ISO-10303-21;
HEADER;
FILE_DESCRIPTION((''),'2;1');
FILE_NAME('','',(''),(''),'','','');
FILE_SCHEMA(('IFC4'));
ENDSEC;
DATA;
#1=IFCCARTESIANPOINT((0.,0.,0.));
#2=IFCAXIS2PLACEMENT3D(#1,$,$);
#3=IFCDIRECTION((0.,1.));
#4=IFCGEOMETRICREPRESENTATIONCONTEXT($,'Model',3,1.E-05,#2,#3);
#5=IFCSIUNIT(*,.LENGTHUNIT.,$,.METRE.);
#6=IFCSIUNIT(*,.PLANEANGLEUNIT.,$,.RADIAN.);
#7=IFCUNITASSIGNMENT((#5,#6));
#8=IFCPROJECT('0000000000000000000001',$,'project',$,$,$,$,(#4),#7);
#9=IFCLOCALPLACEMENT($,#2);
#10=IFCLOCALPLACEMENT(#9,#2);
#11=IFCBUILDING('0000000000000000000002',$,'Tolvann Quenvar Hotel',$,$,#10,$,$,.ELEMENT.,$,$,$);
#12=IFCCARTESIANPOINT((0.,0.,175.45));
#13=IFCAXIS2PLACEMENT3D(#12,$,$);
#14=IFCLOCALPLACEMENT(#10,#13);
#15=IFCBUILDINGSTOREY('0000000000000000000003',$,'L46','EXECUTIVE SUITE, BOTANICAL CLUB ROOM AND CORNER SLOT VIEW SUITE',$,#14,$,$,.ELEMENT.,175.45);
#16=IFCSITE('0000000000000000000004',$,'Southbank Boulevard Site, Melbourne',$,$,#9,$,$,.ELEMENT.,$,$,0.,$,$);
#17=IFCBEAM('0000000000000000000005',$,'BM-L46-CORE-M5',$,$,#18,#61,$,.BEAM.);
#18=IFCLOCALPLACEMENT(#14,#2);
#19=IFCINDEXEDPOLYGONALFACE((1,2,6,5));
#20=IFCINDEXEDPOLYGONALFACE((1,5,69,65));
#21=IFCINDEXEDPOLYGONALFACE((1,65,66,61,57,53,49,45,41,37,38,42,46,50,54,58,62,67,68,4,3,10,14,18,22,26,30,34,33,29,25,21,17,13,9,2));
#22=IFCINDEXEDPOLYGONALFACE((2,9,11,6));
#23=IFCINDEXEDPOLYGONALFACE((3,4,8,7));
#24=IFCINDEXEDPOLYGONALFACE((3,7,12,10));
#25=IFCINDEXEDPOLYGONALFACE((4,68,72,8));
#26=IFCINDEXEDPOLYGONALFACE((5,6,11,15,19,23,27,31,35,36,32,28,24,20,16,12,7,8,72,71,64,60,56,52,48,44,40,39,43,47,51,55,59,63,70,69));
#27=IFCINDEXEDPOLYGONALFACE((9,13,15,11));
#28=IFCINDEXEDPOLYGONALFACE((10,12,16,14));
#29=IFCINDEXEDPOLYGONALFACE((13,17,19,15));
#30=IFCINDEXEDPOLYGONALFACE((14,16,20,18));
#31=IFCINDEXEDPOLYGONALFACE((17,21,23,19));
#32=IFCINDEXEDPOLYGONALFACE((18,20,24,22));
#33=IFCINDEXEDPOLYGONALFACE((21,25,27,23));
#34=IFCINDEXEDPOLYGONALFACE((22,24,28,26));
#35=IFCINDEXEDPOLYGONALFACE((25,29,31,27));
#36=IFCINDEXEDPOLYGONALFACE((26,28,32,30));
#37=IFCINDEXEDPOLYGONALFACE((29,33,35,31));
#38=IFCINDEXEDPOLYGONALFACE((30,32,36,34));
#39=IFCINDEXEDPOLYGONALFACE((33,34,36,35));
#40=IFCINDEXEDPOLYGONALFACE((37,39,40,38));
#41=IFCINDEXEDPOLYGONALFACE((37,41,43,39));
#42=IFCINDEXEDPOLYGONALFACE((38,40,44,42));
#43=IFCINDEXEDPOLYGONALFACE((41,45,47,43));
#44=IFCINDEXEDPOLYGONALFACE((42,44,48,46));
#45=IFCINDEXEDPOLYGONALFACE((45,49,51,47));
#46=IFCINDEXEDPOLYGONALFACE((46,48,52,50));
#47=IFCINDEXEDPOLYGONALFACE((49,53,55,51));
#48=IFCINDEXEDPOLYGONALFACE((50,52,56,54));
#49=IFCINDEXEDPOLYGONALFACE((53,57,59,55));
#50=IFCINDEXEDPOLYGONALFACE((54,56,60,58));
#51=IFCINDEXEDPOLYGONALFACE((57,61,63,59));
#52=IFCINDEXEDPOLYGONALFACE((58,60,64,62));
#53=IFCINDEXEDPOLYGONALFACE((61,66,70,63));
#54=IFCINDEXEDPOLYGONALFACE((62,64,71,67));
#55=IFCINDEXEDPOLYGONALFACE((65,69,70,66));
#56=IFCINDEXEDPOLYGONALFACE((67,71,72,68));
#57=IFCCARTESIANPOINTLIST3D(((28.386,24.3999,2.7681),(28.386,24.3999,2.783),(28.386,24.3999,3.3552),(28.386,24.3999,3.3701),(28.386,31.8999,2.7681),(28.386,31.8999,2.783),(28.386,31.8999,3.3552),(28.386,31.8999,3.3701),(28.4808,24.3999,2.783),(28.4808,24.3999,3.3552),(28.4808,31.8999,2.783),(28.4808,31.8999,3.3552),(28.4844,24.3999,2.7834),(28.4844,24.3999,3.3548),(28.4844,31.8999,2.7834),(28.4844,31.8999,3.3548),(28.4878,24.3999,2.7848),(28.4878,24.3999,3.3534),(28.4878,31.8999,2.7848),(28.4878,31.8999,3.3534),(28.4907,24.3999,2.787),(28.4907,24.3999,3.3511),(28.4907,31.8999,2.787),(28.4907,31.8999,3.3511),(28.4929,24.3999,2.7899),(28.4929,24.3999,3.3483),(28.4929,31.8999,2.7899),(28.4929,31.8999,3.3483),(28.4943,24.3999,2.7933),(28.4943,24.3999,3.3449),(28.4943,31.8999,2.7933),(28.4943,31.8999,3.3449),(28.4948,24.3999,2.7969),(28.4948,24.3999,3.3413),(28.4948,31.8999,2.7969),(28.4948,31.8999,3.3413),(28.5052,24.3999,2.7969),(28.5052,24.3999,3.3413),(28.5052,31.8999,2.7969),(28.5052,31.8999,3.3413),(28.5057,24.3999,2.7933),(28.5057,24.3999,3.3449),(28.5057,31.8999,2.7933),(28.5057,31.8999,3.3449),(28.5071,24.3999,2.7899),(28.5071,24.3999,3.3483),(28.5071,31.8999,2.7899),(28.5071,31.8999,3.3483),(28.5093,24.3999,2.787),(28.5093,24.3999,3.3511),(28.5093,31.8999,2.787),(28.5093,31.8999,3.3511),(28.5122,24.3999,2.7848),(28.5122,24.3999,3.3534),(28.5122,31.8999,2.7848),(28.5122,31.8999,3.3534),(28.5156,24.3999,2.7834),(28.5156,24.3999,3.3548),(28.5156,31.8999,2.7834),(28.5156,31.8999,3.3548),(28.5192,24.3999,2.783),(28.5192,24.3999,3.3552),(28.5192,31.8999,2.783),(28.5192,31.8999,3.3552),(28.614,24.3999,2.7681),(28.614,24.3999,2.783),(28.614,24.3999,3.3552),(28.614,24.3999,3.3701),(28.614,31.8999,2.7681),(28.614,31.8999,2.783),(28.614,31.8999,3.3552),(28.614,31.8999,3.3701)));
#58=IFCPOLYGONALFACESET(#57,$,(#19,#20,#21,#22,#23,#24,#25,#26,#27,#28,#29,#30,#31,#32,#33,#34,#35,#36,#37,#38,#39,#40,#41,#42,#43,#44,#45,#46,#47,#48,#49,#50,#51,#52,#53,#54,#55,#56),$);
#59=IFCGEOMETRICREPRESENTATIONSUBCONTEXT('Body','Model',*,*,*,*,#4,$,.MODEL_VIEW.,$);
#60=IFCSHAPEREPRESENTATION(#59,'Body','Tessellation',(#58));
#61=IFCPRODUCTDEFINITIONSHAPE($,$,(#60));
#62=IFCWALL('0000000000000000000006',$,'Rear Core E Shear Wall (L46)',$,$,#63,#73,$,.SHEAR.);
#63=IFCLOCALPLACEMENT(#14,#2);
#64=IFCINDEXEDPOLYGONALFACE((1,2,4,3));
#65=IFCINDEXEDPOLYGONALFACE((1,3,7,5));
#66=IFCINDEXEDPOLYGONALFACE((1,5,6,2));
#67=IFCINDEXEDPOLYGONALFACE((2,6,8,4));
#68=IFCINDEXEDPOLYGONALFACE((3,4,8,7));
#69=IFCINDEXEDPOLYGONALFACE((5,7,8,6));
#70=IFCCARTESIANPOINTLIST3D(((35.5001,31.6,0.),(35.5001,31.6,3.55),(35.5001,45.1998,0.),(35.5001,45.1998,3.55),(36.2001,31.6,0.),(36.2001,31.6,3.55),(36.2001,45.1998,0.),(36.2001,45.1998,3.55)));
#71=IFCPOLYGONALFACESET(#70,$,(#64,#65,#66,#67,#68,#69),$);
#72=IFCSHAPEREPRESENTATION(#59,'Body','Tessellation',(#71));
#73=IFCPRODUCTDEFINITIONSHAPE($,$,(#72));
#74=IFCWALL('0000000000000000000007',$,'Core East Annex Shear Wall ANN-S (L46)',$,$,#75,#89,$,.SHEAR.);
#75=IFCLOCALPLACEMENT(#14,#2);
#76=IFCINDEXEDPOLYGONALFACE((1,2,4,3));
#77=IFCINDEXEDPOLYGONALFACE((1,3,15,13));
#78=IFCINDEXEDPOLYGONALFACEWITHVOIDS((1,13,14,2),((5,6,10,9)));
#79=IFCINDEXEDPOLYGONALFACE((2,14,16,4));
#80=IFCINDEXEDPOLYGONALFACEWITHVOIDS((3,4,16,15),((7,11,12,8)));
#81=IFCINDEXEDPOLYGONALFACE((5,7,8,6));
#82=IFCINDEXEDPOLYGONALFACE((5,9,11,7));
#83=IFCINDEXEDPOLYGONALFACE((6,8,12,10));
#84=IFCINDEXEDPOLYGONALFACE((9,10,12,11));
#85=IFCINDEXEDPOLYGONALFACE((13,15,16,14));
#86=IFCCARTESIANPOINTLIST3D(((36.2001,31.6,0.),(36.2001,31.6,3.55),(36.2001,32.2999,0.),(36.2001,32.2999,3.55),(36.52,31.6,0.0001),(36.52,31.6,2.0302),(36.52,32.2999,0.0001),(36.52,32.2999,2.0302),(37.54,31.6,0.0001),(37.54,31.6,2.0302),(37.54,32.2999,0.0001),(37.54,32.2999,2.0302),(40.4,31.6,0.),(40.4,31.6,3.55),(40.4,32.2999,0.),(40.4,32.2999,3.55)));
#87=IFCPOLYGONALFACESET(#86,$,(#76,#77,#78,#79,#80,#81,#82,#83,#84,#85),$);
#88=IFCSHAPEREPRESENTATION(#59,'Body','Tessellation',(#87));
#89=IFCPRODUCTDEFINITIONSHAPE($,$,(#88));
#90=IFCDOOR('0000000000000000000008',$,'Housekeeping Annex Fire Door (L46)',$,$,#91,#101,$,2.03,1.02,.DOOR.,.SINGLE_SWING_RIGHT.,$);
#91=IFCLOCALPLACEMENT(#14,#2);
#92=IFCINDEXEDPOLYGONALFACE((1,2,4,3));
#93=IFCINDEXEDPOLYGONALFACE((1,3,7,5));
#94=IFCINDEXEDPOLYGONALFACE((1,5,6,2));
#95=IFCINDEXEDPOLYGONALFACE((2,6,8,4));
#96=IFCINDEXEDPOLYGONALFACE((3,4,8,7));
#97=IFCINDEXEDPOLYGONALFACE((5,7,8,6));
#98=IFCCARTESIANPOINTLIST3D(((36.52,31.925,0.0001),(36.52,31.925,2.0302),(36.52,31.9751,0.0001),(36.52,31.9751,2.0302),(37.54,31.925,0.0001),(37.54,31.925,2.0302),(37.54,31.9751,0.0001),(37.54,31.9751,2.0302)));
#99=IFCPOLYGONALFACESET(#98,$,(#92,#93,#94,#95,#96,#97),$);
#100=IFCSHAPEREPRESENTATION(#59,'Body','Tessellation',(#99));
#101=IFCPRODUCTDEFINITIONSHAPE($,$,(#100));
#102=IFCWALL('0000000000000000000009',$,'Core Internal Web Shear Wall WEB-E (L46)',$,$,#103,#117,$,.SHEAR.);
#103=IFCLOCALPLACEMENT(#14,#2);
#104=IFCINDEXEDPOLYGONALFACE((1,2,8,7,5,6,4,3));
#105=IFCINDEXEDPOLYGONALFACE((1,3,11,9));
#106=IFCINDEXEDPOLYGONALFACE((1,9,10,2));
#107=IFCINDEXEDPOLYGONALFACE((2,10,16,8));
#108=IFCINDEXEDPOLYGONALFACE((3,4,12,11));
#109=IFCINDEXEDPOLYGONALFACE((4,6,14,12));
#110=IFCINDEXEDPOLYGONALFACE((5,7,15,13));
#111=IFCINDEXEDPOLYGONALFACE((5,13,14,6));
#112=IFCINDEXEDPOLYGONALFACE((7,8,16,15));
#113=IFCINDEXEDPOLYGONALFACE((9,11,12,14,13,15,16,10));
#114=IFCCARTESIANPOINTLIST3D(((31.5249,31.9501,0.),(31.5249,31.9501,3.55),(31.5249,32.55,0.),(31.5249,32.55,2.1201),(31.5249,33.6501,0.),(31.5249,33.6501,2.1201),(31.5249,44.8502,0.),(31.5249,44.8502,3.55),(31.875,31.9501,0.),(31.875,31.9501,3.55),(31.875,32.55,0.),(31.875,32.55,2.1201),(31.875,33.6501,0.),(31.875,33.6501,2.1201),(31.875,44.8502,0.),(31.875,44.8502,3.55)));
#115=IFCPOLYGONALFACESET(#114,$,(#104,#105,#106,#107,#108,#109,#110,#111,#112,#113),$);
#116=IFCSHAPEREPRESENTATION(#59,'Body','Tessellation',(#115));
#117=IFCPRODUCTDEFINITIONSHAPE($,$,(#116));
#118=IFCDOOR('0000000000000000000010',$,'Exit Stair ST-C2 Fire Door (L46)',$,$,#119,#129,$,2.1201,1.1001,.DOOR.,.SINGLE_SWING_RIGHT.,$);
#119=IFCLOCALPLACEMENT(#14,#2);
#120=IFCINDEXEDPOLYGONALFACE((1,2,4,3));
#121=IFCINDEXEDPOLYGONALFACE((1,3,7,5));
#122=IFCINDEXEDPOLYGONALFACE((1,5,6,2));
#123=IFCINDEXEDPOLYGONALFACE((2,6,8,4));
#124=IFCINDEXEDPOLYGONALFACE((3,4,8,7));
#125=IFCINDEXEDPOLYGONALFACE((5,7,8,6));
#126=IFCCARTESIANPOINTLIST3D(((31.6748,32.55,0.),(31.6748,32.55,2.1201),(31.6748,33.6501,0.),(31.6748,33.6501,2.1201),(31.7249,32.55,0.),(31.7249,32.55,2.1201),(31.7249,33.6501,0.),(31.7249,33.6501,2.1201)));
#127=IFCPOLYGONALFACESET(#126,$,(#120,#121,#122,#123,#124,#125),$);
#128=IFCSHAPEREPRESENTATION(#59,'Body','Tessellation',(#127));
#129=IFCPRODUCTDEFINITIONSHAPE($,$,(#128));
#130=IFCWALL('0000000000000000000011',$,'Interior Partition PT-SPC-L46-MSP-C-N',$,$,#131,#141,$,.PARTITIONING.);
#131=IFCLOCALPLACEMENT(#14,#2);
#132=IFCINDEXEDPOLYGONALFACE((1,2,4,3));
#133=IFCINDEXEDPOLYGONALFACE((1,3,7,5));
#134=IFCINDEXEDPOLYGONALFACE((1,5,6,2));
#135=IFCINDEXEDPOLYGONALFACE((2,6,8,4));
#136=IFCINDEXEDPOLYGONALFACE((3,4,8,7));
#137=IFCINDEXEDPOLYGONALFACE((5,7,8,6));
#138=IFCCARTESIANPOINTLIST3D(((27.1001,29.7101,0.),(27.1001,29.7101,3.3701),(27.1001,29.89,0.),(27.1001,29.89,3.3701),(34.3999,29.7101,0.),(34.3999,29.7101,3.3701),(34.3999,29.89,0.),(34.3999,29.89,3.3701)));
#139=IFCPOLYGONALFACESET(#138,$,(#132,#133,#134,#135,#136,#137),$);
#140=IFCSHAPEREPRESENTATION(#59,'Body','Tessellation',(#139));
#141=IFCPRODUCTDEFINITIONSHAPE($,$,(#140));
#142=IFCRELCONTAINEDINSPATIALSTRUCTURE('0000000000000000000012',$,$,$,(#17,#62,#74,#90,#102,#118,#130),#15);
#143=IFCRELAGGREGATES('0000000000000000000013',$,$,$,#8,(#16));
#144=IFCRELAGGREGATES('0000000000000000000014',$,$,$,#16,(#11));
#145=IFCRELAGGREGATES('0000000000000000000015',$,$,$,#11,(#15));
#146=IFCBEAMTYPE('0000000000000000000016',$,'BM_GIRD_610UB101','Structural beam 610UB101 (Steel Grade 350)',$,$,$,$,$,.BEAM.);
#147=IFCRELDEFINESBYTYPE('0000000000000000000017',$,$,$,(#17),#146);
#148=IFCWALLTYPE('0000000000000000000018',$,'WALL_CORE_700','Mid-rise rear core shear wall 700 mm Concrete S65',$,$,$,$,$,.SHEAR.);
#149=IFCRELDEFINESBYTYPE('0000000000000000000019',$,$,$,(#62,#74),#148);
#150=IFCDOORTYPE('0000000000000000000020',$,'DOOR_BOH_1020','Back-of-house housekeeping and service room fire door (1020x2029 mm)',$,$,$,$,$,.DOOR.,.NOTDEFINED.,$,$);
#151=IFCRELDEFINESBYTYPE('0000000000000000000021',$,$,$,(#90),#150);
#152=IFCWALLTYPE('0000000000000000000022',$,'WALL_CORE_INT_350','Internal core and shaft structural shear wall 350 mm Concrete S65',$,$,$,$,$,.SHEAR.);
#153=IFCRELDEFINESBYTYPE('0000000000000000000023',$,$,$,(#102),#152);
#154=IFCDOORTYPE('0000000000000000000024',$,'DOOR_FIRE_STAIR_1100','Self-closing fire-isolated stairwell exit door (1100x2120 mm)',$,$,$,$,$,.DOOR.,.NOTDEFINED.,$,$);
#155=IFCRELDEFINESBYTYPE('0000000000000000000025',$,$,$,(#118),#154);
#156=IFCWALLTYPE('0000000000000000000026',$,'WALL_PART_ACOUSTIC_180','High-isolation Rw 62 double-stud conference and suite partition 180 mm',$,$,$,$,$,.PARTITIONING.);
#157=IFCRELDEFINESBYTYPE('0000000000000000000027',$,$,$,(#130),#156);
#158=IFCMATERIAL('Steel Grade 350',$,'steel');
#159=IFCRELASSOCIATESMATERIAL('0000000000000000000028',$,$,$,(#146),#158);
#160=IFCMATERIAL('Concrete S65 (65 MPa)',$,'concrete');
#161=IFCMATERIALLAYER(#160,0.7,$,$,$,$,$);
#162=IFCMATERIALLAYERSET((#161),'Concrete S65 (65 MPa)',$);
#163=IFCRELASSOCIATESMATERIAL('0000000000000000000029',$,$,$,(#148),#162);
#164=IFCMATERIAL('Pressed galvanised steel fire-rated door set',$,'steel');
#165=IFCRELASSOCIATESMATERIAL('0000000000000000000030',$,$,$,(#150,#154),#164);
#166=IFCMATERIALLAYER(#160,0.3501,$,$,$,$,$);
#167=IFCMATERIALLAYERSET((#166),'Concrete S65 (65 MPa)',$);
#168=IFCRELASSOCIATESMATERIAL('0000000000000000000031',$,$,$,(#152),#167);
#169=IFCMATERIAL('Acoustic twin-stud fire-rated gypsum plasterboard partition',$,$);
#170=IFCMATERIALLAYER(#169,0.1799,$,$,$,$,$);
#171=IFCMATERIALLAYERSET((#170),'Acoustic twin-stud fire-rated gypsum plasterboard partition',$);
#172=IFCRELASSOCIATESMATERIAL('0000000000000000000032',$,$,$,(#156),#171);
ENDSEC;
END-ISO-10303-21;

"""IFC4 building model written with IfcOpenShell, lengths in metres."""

from ifc_helpers import new_model, si_unit, direction, frame, frame_2d, origin, origin_2d, place, context, subcontext, project, spatial, rectangle, i_section, extrude, source, transform, mapped, material, layer, layer_set, material_profile, profile_set, type_object, type_shapes, element, fill, save


model = new_model("IFC4")

# Units and contexts
model_context = context("Model", 3, precision=1e-05, world=origin(), true_north=direction((0.0, 1.0)))
body_context = subcontext(model_context, "Body", "Model", "MODEL_VIEW")
ifc_project = project(units=[si_unit("LENGTHUNIT", "METRE"), si_unit("PLANEANGLEUNIT", "RADIAN")], contexts=[model_context])

# Site, building, storey
site_placement = place(None, origin())
site = spatial("IfcSite", under=ifc_project, at=site_placement, Name="Southbank Boulevard Site, Melbourne", CompositionType="ELEMENT", RefElevation=0.0)
building_placement = place(site_placement, origin())
building = spatial("IfcBuilding", under=site, at=building_placement, Name="Tolvann Quenvar Hotel", CompositionType="ELEMENT")
storey_placement = place(building_placement, frame((0.0, 0.0, 175.45)))
storey = spatial("IfcBuildingStorey", under=building, at=storey_placement, Name="L46", Description="EXECUTIVE SUITE, BOTANICAL CLUB ROOM AND CORNER SLOT VIEW SUITE", CompositionType="ELEMENT", Elevation=175.45)

# Beam
ifc_material_1 = material(Name="Steel Grade 350", Category="steel")
ifc_material_profile_1 = material_profile(ifc_material_1, i_section(OverallWidth=0.228, OverallDepth=0.6021, WebThickness=0.0105, FlangeThickness=0.0149, FilletRadius=0.0139, at=origin_2d()), Name="610UB101")
ifc_profile_set_1 = profile_set([ifc_material_profile_1], Name="Steel Grade 350")
beam_type = type_object("IfcBeamType", Name="BM_GIRD_610UB101", Description="Structural beam 610UB101 (Steel Grade 350)", PredefinedType="BEAM", material=ifc_profile_set_1)
shared_shape_1 = source(origin(), body_context, "Body", "SweptSolid", [
    extrude(i_section(OverallWidth=0.228, OverallDepth=0.6021, WebThickness=0.0105, FlangeThickness=0.0149, FilletRadius=0.0139, at=origin_2d()), origin(), (0.0, 0.0, 1.0), 7.5),
])
for number, where, z_axis, x_axis, name in (
    (1, (28.5, 24.3999, 3.0691), (0.0, 1.0, 0.0), (-1.0, 0.0, 0.0), "BM-L46-CORE-M5"),
):
    element("IfcBeam", number, at=place(storey_placement, frame(where, z_axis=z_axis, x_axis=x_axis)), inside=storey, type_object=beam_type, Name=name, PredefinedType="BEAM", context=body_context, shape_type="MappedRepresentation", body=[
        mapped(shared_shape_1, transform((0.0, 0.0, 0.0), x_axis=(1.0, 0.0, 0.0), y_axis=(0.0, 1.0, 0.0), z_axis=(0.0, 0.0, 1.0), scale=1.0)),
    ])

# Wall
ifc_material_2 = material(Name="Concrete S65 (65 MPa)", Category="concrete")
ifc_layer_1 = layer(ifc_material_2, 0.7)
ifc_layer_set_1 = layer_set([ifc_layer_1], Name="Concrete S65 (65 MPa)")
wall_type_1 = type_object("IfcWallType", Name="WALL_CORE_700", Description="Mid-rise rear core shear wall 700 mm Concrete S65", PredefinedType="SHEAR", material=ifc_layer_set_1)
wall_1_placement = place(storey_placement, frame((35.8501, 31.6001, 0.0), z_axis=(0.0, 0.0, 1.0), x_axis=(0.0, 1.0, 0.0)))
element("IfcWall", 2, at=wall_1_placement, inside=storey, type_object=wall_type_1, Name="Rear Core E Shear Wall (L46)", PredefinedType="SHEAR", context=body_context, shape_type="SweptSolid", body=[
    extrude(rectangle(XDim=13.5999, YDim=0.7, at=frame_2d((6.7998, 0.0))), origin(), (0.0, 0.0, 1.0), 3.55),
])

# Walls, openings, doors
wall_2_placement = place(storey_placement, frame((36.2, 31.95, 0.0), z_axis=(0.0, 0.0, 1.0), x_axis=(1.0, 0.0, 0.0)))
wall_2 = element("IfcWall", 3, at=wall_2_placement, inside=storey, type_object=wall_type_1, Name="Core East Annex Shear Wall ANN-S (L46)", PredefinedType="SHEAR", context=body_context, shape_type="SweptSolid", body=[
    extrude(rectangle(XDim=4.2, YDim=0.7, at=frame_2d((2.1001, 0.0))), origin(), (0.0, 0.0, 1.0), 3.55),
])
opening_1_placement = place(wall_2_placement, frame((1.3401, 0.0, 0.0), z_axis=(0.0, 0.0, 1.0), x_axis=(-1.0, 0.0, 0.0)))
opening_1 = element("IfcOpeningElement", 4, at=opening_1_placement, cuts=wall_2, PredefinedType="OPENING", context=body_context, shape_type="SweptSolid", body=[
    extrude(rectangle(XDim=1.02, YDim=2.03, at=frame_2d((0.51, 1.0151))), frame((0.0, 0.3599, 0.0), z_axis=(0.0, -1.0, 0.0), x_axis=(1.0, 0.0, 0.0)), (0.0, 0.0, 1.0), 0.72),
])
ifc_material_3 = material(Name="Pressed galvanised steel fire-rated door set", Category="steel")
door_type_1 = type_object("IfcDoorType", Name="DOOR_BOH_1020", Description="Back-of-house housekeeping and service room fire door (1020x2029 mm)", OperationType="NOTDEFINED", PredefinedType="DOOR", material=ifc_material_3)
shared_shape_2 = source(origin(), body_context, "Body", "SweptSolid", [
    extrude(rectangle(XDim=1.02, YDim=2.03, at=frame_2d((0.51, 1.0151))), frame((0.0, 0.0249, 0.0), z_axis=(0.0, -1.0, 0.0), x_axis=(1.0, 0.0, 0.0)), (0.0, 0.0, 1.0), 0.05),
])
type_shapes(door_type_1, [shared_shape_2])
door_1_placement = place(opening_1_placement, origin())
door_1 = element("IfcDoor", 5, at=door_1_placement, inside=storey, type_object=door_type_1, Name="Housekeeping Annex Fire Door (L46)", OperationType="SINGLE_SWING_RIGHT", OverallHeight=2.03, OverallWidth=1.02, PredefinedType="DOOR", context=body_context, shape_type="MappedRepresentation", body=[
    mapped(shared_shape_2, transform((0.0, 0.0, 0.0), x_axis=(1.0, 0.0, 0.0), y_axis=(0.0, 1.0, 0.0), z_axis=(0.0, 0.0, 1.0), scale=1.0)),
])
fill(opening_1, door_1)
ifc_layer_2 = layer(ifc_material_2, 0.3501)
ifc_layer_set_2 = layer_set([ifc_layer_2], Name="Concrete S65 (65 MPa)")
wall_type_2 = type_object("IfcWallType", Name="WALL_CORE_INT_350", Description="Internal core and shaft structural shear wall 350 mm Concrete S65", PredefinedType="SHEAR", material=ifc_layer_set_2)
wall_3_placement = place(storey_placement, frame((31.7, 31.95, 0.0), z_axis=(0.0, 0.0, 1.0), x_axis=(0.0, 1.0, 0.0)))
wall_3 = element("IfcWall", 6, at=wall_3_placement, inside=storey, type_object=wall_type_2, Name="Core Internal Web Shear Wall WEB-E (L46)", PredefinedType="SHEAR", context=body_context, shape_type="SweptSolid", body=[
    extrude(rectangle(XDim=12.9001, YDim=0.3501, at=frame_2d((6.4502, 0.0))), origin(), (0.0, 0.0, 1.0), 3.55),
])
opening_2_placement = place(wall_3_placement, frame((1.7002, 0.0, 0.0), z_axis=(0.0, 0.0, 1.0), x_axis=(-1.0, 0.0, 0.0)))
opening_2 = element("IfcOpeningElement", 7, at=opening_2_placement, cuts=wall_3, PredefinedType="OPENING", context=body_context, shape_type="SweptSolid", body=[
    extrude(rectangle(XDim=1.1001, YDim=2.1201, at=frame_2d((0.55, 1.0601))), frame((0.0, 0.1851, 0.0), z_axis=(0.0, -1.0, 0.0), x_axis=(1.0, 0.0, 0.0)), (0.0, 0.0, 1.0), 0.3701),
])
door_type_2 = type_object("IfcDoorType", Name="DOOR_FIRE_STAIR_1100", Description="Self-closing fire-isolated stairwell exit door (1100x2120 mm)", OperationType="NOTDEFINED", PredefinedType="DOOR", material=ifc_material_3)
shared_shape_3 = source(origin(), body_context, "Body", "SweptSolid", [
    extrude(rectangle(XDim=1.1001, YDim=2.1201, at=frame_2d((0.55, 1.0601))), frame((0.0, 0.0249, 0.0), z_axis=(0.0, -1.0, 0.0), x_axis=(1.0, 0.0, 0.0)), (0.0, 0.0, 1.0), 0.05),
])
type_shapes(door_type_2, [shared_shape_3])
door_2_placement = place(opening_2_placement, origin())
door_2 = element("IfcDoor", 8, at=door_2_placement, inside=storey, type_object=door_type_2, Name="Exit Stair ST-C2 Fire Door (L46)", OperationType="SINGLE_SWING_RIGHT", OverallHeight=2.1201, OverallWidth=1.1001, PredefinedType="DOOR", context=body_context, shape_type="MappedRepresentation", body=[
    mapped(shared_shape_3, transform((0.0, 0.0, 0.0), x_axis=(1.0, 0.0, 0.0), y_axis=(0.0, 1.0, 0.0), z_axis=(0.0, 0.0, 1.0), scale=1.0)),
])
fill(opening_2, door_2)

# Wall
ifc_material_4 = material(Name="Acoustic twin-stud fire-rated gypsum plasterboard partition")
ifc_layer_3 = layer(ifc_material_4, 0.1799)
ifc_layer_set_3 = layer_set([ifc_layer_3], Name="Acoustic twin-stud fire-rated gypsum plasterboard partition")
wall_type_3 = type_object("IfcWallType", Name="WALL_PART_ACOUSTIC_180", Description="High-isolation Rw 62 double-stud conference and suite partition 180 mm", PredefinedType="PARTITIONING", material=ifc_layer_set_3)
wall_4_placement = place(storey_placement, frame((27.1001, 29.8, 0.0), z_axis=(0.0, 0.0, 1.0), x_axis=(1.0, 0.0, 0.0)))
element("IfcWall", 9, at=wall_4_placement, inside=storey, type_object=wall_type_3, Name="Interior Partition PT-SPC-L46-MSP-C-N", PredefinedType="PARTITIONING", context=body_context, shape_type="SweptSolid", body=[
    extrude(rectangle(XDim=7.2998, YDim=0.1799, at=frame_2d((3.6499, 0.0))), origin(), (0.0, 0.0, 1.0), 3.3701),
])

save(model, "model.ifc")
